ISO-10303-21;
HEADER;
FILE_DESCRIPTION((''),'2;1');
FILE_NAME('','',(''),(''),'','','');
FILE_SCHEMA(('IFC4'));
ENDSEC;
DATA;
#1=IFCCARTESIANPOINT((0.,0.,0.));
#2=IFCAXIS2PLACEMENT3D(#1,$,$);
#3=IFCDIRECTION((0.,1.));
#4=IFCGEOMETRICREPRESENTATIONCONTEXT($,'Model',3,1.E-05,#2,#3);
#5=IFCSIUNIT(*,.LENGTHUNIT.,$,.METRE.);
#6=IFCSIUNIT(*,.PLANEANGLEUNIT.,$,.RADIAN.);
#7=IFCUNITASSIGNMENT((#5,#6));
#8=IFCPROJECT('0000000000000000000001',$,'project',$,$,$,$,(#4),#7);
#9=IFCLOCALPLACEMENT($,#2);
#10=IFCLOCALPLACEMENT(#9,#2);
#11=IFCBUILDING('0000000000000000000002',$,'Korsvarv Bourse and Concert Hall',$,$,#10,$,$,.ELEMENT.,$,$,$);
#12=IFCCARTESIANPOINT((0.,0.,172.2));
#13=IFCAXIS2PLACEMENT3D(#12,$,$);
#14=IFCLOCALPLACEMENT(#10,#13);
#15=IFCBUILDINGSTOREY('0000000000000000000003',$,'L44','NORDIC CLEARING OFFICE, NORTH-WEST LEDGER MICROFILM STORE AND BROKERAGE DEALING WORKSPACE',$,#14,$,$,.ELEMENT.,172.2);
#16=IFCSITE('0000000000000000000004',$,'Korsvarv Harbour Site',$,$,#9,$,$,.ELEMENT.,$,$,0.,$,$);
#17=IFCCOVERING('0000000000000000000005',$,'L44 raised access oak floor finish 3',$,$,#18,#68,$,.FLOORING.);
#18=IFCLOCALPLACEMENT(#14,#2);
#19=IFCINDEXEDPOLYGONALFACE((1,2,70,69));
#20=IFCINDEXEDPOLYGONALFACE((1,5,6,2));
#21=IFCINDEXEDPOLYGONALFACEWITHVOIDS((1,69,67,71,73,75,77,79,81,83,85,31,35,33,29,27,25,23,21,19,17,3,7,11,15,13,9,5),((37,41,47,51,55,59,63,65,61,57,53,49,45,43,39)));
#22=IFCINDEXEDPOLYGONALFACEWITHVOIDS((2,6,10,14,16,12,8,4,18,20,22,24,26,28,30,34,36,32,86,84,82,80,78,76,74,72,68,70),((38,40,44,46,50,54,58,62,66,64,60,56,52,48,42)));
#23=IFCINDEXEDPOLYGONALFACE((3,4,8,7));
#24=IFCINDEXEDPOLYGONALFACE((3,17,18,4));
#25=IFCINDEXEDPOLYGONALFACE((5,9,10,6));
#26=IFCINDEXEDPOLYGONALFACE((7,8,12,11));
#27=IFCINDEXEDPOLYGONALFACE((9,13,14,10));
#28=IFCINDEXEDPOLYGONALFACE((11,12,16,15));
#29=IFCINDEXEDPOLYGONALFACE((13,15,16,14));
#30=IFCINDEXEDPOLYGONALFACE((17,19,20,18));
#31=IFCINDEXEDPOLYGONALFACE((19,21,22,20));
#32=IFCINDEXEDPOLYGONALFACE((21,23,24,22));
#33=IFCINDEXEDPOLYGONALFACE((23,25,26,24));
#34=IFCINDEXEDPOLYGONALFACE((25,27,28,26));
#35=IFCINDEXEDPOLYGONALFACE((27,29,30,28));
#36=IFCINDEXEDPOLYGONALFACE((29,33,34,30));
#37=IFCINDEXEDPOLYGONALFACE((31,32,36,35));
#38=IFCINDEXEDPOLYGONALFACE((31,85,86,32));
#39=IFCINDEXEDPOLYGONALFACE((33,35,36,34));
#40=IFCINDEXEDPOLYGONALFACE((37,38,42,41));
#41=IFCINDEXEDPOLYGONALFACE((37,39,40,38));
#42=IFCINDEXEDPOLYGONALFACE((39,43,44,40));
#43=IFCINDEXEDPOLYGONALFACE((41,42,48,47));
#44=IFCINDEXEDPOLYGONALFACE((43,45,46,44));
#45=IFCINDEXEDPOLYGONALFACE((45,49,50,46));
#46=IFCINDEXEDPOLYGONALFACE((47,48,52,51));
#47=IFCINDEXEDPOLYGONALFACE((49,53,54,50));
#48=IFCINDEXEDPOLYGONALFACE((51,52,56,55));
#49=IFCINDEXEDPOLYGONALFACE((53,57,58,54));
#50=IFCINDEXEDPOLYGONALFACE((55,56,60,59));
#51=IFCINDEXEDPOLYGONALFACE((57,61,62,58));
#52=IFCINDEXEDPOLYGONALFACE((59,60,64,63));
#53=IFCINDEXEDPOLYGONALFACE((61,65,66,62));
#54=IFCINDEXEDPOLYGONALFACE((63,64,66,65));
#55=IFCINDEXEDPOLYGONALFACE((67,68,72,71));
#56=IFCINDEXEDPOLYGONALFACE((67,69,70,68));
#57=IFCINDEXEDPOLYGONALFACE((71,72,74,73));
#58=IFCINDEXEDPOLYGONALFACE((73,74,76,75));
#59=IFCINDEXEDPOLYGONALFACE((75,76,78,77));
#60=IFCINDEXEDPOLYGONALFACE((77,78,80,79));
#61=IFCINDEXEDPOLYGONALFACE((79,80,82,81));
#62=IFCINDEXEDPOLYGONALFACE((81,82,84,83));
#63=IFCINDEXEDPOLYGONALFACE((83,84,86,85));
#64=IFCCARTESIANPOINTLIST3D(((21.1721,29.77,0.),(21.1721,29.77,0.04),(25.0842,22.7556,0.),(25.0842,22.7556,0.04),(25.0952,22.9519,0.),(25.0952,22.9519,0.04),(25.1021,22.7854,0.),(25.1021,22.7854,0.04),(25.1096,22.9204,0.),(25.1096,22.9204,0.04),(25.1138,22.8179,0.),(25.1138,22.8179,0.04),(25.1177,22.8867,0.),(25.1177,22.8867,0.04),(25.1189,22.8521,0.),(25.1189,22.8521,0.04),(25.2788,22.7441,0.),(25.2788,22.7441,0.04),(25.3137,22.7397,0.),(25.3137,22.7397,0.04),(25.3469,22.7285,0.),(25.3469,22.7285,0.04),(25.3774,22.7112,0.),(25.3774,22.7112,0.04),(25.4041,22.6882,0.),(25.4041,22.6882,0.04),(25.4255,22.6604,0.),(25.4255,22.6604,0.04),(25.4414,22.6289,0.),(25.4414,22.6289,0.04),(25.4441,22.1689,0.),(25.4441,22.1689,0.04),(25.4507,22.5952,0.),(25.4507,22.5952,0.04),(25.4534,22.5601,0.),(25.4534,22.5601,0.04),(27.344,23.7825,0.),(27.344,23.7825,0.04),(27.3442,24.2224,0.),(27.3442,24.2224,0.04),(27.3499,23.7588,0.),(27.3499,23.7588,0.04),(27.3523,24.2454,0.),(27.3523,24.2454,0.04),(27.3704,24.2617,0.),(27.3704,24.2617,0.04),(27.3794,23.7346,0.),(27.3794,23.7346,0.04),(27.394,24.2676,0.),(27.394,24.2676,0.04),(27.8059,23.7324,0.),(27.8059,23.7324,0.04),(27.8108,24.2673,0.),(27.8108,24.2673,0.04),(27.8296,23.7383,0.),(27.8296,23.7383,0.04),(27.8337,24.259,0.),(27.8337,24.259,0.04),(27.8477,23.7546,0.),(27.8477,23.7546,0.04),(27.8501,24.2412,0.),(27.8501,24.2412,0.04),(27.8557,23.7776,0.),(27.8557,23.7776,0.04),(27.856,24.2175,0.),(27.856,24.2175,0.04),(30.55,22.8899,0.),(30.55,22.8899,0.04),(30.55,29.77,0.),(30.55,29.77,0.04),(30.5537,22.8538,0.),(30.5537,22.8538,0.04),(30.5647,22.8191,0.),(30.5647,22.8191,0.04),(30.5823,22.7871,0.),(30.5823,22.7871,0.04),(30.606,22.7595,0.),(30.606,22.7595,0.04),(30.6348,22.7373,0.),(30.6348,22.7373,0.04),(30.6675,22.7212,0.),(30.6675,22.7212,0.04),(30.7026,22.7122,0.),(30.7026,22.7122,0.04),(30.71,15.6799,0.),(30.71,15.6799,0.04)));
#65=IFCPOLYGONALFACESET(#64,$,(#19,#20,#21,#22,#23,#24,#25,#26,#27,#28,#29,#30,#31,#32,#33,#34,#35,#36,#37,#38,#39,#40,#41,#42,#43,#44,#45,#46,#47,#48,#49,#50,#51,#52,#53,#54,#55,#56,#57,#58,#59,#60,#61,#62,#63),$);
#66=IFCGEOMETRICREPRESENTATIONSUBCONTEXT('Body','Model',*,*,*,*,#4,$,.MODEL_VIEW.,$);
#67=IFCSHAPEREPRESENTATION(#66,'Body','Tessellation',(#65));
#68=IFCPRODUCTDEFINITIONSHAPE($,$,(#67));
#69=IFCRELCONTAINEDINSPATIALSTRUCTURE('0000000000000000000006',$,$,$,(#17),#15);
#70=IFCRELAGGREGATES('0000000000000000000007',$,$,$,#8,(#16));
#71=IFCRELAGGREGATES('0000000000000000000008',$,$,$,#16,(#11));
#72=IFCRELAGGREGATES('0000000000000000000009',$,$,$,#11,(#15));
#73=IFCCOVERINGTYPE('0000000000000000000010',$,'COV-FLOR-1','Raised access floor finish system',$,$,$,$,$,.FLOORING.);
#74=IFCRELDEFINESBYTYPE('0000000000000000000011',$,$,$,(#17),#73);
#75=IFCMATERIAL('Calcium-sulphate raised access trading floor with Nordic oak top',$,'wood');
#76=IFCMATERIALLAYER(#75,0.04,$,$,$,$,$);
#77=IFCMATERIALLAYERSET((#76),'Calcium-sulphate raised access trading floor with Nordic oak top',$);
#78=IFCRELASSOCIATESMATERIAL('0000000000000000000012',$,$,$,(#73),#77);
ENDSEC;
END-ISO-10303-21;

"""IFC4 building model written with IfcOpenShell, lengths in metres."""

from ifc_helpers import new_model, si_unit, direction, frame, origin, place, context, subcontext, project, spatial, polyline, outline, extrude, material, layer, layer_set, type_object, element, save


model = new_model("IFC4")

# Units and contexts
model_context = context("Model", 3, precision=1e-05, world=origin(), true_north=direction((0.0, 1.0)))
body_context = subcontext(model_context, "Body", "Model", "MODEL_VIEW")
ifc_project = project(units=[si_unit("LENGTHUNIT", "METRE"), si_unit("PLANEANGLEUNIT", "RADIAN")], contexts=[model_context])

# Site, building, storey
site_placement = place(None, origin())
site = spatial("IfcSite", under=ifc_project, at=site_placement, Name="Korsvarv Harbour Site", CompositionType="ELEMENT", RefElevation=0.0)
building_placement = place(site_placement, origin())
building = spatial("IfcBuilding", under=site, at=building_placement, Name="Korsvarv Bourse and Concert Hall", CompositionType="ELEMENT")
storey_placement = place(building_placement, frame((0.0, 0.0, 172.2)))
storey = spatial("IfcBuildingStorey", under=building, at=storey_placement, Name="L44", Description="NORDIC CLEARING OFFICE, NORTH-WEST LEDGER MICROFILM STORE AND BROKERAGE DEALING WORKSPACE", CompositionType="ELEMENT", Elevation=172.2)

# Covering
ifc_material_1 = material(Name="Calcium-sulphate raised access trading floor with Nordic oak top", Category="wood")
ifc_layer_1 = layer(ifc_material_1, 0.04)
ifc_layer_set_1 = layer_set([ifc_layer_1], Name="Calcium-sulphate raised access trading floor with Nordic oak top")
covering_type_1 = type_object("IfcCoveringType", Name="COV-FLOR-1", Description="Raised access floor finish system", PredefinedType="FLOORING", material=ifc_layer_set_1)
covering_1_placement = place(storey_placement, origin())
element("IfcCovering", 1, at=covering_1_placement, inside=storey, type_object=covering_type_1, Name="L44 raised access oak floor finish 3", PredefinedType="FLOORING", context=body_context, shape_type="SweptSolid", body=[
    extrude(outline(polyline([(25.0842, 22.7556), (25.1021, 22.7854), (25.1138, 22.8179), (25.1189, 22.8521), (25.1177, 22.8867), (25.1096, 22.9204), (25.0952, 22.9519), (21.1721, 29.77), (30.55, 29.77), (30.55, 22.8899), (30.5537, 22.8538), (30.5647, 22.8191), (30.5823, 22.7871), (30.606, 22.7595), (30.6348, 22.7373), (30.6675, 22.7212), (30.7026, 22.7122), (30.71, 15.6799), (25.4441, 22.1689), (25.4534, 22.5601), (25.4507, 22.5952), (25.4414, 22.6289), (25.4255, 22.6604), (25.4041, 22.6882), (25.3774, 22.7112), (25.3469, 22.7285), (25.3137, 22.7397), (25.2788, 22.7441), (25.0842, 22.7556)]), holes=[polyline([(27.3794, 23.7346), (27.8059, 23.7324), (27.8296, 23.7383), (27.8477, 23.7546), (27.8557, 23.7776), (27.856, 24.2175), (27.8501, 24.2412), (27.8337, 24.259), (27.8108, 24.2673), (27.394, 24.2676), (27.3704, 24.2617), (27.3523, 24.2454), (27.3442, 24.2224), (27.344, 23.7825), (27.3499, 23.7588), (27.3794, 23.7346)])]), origin(), (0.0, 0.0, 1.0), 0.04),
])

save(model, "model.ifc")
